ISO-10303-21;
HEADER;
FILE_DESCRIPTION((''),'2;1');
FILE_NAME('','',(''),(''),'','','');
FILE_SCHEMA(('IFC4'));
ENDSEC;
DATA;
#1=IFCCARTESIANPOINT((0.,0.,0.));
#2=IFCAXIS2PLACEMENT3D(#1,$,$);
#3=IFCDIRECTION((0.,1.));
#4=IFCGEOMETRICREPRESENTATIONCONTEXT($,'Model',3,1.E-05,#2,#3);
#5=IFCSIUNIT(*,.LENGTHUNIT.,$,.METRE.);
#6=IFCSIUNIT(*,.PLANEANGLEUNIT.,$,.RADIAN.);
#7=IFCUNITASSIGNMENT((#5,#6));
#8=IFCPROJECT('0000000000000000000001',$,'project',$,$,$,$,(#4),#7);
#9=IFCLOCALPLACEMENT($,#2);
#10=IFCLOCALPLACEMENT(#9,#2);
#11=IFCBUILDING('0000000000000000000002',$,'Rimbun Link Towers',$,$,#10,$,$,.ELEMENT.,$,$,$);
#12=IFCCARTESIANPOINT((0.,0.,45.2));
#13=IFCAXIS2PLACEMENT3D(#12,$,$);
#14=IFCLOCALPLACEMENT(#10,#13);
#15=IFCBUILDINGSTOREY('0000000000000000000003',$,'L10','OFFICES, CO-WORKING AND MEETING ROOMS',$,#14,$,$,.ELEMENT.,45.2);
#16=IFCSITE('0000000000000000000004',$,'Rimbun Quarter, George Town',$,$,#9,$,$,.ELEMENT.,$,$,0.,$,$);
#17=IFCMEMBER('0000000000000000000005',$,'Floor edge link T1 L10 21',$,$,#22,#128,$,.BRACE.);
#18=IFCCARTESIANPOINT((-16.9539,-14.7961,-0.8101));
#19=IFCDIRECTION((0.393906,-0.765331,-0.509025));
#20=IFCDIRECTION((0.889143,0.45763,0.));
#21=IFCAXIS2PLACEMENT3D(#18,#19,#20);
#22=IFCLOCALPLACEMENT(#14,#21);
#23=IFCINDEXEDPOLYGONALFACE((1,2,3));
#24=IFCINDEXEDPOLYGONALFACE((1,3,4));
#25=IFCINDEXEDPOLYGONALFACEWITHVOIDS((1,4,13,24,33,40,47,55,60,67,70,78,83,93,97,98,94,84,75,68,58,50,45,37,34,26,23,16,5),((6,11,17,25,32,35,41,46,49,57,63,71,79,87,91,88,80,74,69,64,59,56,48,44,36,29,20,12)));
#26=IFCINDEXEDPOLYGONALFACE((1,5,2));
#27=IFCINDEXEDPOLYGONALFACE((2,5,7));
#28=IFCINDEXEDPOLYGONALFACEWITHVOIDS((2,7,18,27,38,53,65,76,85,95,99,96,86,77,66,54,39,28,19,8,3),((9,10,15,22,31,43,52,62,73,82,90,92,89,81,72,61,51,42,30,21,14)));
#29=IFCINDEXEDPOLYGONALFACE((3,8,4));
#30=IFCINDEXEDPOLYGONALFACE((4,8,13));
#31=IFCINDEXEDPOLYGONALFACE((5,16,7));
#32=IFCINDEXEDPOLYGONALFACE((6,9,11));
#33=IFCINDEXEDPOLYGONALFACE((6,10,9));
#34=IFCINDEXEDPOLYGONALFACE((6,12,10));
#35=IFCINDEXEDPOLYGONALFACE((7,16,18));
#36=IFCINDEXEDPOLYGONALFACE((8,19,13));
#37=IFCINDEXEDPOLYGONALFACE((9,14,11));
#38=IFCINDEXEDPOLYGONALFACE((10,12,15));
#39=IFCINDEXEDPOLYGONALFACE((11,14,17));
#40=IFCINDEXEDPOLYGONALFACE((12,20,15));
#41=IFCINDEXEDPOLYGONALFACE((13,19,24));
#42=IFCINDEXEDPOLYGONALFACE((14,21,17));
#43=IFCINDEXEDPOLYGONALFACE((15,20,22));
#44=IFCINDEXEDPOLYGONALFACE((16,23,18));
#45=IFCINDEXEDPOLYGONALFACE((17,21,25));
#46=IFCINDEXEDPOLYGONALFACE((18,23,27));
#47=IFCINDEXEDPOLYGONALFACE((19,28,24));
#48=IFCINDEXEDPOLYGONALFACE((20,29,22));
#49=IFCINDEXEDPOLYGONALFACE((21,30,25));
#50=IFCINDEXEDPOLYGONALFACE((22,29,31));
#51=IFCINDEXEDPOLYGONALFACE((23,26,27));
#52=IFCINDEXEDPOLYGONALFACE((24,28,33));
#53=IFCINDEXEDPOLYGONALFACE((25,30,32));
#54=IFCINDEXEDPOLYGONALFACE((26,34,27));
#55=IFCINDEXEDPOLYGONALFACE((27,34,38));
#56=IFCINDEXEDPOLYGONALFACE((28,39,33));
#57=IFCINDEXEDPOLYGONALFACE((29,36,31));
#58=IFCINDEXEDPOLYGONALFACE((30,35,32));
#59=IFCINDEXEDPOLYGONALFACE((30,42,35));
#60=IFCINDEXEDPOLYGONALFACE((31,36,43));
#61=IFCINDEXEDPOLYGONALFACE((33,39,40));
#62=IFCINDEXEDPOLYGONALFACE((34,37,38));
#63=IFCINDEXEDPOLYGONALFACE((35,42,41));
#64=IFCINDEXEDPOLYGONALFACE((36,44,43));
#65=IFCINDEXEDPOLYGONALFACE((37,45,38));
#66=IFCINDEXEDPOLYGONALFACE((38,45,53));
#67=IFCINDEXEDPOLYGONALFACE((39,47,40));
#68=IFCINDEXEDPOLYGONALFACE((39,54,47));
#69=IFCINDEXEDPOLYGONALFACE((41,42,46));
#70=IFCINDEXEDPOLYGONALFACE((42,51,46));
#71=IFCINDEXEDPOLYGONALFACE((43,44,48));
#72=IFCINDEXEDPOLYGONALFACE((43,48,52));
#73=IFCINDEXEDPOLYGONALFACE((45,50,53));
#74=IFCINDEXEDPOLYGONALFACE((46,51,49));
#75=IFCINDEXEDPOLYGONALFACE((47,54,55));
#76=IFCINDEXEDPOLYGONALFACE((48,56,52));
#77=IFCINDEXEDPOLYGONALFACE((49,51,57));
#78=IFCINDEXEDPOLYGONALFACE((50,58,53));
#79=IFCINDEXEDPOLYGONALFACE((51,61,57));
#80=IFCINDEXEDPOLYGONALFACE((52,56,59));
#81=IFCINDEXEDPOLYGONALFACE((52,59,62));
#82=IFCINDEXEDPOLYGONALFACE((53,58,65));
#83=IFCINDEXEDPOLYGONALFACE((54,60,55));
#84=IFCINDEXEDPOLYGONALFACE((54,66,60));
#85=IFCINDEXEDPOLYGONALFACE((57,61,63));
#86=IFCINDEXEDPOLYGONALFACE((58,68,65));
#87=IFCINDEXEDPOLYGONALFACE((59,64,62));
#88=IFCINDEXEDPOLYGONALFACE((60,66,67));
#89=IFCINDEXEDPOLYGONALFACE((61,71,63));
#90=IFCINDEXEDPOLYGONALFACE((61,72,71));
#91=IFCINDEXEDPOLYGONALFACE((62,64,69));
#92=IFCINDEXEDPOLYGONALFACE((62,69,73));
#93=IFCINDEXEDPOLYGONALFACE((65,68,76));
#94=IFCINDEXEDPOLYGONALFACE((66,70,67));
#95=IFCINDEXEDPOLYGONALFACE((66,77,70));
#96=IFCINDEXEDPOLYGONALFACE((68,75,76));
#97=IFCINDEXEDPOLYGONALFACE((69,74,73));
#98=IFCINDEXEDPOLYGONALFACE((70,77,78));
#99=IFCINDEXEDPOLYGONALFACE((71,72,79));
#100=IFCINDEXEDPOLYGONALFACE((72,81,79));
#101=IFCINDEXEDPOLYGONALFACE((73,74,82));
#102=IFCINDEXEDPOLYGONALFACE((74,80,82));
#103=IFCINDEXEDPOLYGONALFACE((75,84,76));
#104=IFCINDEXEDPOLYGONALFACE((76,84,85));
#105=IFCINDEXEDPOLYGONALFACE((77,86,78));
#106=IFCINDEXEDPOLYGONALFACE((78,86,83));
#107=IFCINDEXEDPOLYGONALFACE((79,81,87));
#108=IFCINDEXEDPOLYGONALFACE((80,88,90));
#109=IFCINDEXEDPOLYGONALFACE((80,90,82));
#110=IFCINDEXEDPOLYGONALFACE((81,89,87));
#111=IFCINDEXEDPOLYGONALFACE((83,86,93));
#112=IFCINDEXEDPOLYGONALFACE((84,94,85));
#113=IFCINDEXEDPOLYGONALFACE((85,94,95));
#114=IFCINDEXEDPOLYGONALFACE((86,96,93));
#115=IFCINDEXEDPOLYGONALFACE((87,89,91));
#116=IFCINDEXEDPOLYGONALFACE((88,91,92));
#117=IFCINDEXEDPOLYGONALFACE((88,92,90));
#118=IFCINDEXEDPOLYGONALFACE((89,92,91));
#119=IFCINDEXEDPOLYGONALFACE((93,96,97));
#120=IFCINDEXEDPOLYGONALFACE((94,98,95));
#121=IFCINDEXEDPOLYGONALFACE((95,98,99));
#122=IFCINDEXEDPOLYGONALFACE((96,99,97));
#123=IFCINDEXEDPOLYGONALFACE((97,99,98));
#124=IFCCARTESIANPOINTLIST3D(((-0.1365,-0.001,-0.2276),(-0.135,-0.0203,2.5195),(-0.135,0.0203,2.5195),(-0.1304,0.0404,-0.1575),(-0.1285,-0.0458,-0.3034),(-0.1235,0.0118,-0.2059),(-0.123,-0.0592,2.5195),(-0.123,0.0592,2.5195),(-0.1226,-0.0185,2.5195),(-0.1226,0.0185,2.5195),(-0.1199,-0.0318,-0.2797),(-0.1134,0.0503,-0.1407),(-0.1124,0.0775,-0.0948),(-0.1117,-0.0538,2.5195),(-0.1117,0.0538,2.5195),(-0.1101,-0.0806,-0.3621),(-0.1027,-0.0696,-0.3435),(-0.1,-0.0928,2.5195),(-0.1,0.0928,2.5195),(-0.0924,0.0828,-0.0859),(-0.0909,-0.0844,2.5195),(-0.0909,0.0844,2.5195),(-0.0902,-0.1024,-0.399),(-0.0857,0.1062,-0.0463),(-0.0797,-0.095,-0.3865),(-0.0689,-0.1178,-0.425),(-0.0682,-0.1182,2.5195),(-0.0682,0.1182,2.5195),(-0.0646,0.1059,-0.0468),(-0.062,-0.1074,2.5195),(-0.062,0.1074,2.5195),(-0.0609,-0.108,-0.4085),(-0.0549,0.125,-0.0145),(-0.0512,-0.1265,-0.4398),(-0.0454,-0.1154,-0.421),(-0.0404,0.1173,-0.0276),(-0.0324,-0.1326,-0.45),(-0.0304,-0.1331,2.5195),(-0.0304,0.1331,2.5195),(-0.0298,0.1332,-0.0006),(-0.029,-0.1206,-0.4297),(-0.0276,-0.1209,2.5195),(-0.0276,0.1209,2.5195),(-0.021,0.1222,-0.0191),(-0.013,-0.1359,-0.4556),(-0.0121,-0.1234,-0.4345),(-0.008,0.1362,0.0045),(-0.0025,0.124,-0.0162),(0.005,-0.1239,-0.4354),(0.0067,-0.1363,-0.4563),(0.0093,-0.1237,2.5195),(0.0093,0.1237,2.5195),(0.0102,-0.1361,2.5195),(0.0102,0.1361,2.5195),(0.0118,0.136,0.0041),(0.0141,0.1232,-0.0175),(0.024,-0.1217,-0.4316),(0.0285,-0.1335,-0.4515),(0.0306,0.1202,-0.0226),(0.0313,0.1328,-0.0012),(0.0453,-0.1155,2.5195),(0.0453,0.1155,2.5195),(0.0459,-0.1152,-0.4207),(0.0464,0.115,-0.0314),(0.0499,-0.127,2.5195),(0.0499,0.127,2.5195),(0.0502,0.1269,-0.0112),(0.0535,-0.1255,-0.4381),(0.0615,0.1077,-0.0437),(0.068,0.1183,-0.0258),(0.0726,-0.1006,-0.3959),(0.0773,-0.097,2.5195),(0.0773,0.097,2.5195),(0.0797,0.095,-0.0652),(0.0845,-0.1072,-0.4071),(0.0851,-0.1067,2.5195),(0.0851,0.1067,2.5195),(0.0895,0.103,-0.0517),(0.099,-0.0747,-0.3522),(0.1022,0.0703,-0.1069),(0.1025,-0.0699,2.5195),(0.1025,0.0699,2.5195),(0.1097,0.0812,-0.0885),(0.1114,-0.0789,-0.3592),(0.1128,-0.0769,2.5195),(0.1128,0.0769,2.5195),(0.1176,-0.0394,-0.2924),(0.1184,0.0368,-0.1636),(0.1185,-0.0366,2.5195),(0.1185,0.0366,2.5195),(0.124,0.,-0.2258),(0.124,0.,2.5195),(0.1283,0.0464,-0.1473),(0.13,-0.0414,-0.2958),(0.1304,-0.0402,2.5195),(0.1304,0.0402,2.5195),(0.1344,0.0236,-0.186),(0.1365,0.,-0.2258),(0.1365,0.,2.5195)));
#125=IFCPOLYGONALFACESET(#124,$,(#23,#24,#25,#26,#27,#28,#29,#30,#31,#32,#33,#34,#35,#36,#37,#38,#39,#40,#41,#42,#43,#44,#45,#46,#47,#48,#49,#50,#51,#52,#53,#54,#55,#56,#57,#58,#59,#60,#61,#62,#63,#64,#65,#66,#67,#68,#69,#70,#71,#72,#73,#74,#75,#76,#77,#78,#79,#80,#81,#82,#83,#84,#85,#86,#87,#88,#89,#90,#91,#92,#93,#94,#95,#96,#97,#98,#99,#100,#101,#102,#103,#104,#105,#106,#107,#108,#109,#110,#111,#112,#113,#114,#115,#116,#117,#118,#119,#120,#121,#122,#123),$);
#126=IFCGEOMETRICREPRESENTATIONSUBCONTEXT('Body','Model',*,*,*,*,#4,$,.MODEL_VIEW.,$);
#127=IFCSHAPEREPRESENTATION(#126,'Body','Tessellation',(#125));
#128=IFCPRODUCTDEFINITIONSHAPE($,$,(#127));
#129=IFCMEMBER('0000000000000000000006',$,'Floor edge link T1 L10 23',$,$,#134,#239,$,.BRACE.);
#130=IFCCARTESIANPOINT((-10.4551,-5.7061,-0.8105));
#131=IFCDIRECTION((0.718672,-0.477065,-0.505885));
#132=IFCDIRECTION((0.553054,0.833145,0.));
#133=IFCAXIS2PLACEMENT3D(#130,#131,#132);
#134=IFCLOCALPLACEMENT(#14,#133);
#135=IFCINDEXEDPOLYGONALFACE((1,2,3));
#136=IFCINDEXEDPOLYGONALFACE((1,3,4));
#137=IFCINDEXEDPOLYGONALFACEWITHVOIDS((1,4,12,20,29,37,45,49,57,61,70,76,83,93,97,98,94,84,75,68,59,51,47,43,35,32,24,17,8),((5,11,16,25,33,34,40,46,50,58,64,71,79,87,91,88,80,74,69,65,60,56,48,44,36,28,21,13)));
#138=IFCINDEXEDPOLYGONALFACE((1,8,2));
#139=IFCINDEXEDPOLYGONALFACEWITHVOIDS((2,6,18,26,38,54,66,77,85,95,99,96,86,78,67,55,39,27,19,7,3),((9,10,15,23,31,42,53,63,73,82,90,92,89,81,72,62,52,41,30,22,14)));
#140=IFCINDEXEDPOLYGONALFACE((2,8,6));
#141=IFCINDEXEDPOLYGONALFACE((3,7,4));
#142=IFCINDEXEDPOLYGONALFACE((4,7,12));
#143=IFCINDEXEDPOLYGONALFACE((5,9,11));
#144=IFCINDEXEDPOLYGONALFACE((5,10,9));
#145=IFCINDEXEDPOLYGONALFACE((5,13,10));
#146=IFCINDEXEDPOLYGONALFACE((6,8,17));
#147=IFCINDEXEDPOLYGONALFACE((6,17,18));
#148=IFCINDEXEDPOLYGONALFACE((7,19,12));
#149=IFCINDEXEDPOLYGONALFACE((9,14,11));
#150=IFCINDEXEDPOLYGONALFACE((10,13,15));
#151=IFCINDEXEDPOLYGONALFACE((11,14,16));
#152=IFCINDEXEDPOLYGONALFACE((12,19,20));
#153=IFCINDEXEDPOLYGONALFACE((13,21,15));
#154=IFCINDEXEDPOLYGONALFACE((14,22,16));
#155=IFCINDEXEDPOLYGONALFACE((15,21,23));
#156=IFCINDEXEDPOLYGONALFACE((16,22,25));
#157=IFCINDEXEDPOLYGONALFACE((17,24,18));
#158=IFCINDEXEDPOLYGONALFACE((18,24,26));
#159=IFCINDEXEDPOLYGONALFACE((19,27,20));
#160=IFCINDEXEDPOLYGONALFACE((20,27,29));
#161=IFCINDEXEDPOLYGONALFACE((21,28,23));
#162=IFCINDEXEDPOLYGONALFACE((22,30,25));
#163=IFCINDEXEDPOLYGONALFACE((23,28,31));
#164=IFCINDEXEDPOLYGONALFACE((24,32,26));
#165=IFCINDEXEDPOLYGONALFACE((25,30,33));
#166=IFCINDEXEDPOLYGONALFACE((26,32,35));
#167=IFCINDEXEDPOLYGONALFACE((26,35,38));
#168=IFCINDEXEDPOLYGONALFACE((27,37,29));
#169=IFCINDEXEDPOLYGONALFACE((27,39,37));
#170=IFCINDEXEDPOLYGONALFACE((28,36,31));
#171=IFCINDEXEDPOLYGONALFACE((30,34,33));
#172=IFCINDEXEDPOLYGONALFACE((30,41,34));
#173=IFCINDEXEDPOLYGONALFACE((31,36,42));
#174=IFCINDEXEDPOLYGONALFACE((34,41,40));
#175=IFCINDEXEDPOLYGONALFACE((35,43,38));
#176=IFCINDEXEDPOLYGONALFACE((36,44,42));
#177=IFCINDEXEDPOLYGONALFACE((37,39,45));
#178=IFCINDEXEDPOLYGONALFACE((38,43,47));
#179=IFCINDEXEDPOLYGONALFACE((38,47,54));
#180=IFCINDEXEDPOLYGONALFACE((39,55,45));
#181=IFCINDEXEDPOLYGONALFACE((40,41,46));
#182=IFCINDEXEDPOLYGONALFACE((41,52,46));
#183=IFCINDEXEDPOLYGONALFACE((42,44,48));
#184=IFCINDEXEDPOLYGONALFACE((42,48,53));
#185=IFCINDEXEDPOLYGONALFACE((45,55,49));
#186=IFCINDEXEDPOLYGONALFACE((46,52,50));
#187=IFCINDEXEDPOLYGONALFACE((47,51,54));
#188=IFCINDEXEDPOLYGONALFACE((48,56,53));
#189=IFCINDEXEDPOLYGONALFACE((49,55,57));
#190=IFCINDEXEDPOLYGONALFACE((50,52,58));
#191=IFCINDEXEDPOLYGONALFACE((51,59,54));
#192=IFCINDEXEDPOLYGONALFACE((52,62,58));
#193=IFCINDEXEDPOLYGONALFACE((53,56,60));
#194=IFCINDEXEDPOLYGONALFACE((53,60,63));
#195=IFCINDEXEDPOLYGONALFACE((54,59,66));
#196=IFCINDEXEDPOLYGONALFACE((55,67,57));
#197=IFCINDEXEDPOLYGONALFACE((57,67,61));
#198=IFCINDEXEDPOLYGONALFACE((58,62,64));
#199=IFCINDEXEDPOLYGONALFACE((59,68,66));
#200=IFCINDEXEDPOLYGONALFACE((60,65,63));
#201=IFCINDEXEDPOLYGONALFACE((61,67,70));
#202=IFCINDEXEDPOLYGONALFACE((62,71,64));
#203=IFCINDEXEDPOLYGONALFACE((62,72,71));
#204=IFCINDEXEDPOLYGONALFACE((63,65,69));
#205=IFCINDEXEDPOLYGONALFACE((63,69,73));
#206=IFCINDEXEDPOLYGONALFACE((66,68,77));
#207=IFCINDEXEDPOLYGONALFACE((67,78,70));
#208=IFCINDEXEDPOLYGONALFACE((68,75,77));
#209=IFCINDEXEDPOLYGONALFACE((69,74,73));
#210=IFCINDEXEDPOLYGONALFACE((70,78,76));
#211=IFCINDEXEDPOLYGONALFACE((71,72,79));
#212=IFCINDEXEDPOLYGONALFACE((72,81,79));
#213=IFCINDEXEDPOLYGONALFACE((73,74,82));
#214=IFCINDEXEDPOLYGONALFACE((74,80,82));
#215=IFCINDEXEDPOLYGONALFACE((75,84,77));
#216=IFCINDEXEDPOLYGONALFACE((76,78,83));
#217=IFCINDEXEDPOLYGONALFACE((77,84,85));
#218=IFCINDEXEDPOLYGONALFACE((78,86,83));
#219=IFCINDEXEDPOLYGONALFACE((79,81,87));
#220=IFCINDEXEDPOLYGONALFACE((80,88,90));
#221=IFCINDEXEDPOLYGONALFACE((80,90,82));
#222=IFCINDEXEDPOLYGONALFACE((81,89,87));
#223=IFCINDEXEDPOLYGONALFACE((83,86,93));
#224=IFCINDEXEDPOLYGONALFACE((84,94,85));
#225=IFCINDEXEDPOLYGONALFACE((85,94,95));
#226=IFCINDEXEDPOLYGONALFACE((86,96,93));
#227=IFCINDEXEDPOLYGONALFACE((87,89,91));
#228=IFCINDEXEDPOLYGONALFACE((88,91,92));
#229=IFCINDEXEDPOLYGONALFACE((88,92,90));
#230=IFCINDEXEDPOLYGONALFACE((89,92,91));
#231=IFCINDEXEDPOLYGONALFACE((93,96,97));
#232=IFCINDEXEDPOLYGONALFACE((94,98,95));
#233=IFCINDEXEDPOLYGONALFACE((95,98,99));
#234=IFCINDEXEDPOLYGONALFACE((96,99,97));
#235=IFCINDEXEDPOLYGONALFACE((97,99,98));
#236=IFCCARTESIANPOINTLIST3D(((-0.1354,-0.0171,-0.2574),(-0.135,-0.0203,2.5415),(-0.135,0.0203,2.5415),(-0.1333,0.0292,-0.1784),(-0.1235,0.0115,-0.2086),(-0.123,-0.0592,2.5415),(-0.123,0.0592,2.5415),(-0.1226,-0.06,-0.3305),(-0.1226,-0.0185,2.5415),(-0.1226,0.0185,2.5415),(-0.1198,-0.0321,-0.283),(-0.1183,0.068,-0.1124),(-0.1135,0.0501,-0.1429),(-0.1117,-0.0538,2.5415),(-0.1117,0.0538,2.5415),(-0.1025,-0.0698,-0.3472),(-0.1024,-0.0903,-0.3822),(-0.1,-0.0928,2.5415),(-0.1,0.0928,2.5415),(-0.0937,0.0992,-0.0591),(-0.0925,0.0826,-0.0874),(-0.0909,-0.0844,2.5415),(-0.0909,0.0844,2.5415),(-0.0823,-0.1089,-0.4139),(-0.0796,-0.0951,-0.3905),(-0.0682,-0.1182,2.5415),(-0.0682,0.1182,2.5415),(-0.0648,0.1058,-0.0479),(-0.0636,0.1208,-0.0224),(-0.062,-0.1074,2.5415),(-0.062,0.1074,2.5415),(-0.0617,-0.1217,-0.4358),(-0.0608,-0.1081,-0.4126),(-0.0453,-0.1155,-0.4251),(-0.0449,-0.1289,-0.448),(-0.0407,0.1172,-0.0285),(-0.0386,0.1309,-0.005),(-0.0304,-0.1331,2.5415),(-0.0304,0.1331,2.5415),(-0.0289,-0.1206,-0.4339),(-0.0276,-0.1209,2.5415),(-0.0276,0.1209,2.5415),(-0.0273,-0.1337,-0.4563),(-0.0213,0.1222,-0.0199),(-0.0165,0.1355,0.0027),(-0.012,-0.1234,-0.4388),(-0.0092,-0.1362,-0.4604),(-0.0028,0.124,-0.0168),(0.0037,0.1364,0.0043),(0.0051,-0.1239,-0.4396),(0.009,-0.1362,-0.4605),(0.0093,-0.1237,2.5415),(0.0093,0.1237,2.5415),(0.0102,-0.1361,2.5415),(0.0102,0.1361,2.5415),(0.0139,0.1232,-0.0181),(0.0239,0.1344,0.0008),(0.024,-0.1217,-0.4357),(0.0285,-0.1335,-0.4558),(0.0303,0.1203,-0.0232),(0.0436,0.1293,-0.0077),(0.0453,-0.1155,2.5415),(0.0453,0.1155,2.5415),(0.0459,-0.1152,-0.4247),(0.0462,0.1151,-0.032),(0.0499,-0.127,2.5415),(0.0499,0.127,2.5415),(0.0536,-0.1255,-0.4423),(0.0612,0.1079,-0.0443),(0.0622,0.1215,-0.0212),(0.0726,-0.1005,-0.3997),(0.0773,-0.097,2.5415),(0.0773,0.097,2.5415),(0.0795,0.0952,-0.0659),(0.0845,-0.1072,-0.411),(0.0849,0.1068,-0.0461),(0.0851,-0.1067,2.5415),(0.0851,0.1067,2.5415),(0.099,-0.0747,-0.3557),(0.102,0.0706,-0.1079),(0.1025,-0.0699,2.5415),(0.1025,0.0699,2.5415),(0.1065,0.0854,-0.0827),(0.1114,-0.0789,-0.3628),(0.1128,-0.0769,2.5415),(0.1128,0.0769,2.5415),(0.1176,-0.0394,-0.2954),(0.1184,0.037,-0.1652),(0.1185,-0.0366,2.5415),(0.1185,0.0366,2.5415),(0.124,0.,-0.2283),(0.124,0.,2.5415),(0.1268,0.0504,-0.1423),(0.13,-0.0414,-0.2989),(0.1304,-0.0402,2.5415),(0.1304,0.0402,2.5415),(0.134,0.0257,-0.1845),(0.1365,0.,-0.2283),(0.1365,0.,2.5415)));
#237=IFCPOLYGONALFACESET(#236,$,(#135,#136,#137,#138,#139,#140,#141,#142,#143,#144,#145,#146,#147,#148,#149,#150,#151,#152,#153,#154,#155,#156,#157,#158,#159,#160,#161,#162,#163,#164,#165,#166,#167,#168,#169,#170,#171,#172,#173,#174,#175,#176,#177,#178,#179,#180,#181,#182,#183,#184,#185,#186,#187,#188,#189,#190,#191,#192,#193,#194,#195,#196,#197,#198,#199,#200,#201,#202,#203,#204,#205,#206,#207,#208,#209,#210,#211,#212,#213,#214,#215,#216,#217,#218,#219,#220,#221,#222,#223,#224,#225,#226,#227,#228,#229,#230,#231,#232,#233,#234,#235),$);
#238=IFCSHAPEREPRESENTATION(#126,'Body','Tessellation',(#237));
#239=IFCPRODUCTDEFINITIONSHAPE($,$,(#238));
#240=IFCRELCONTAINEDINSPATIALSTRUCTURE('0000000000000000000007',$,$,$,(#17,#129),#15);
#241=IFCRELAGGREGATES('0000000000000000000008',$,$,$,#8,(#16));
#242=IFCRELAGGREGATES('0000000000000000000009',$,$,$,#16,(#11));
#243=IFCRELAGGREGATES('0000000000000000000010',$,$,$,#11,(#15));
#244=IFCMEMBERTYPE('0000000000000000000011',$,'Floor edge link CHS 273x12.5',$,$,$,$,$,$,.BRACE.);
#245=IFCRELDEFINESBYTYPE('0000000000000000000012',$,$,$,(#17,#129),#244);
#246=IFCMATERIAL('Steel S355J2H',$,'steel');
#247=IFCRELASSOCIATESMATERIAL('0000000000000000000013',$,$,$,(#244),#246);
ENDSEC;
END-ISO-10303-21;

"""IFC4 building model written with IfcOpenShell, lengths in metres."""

from ifc_helpers import new_model, si_unit, direction, frame, origin, origin_2d, place, context, subcontext, project, spatial, hollow_circle, extrude, clip, halfspace, material, material_profile, profile_set, type_object, element, save


model = new_model("IFC4")

# Units and contexts
model_context = context("Model", 3, precision=1e-05, world=origin(), true_north=direction((0.0, 1.0)))
body_context = subcontext(model_context, "Body", "Model", "MODEL_VIEW")
ifc_project = project(units=[si_unit("LENGTHUNIT", "METRE"), si_unit("PLANEANGLEUNIT", "RADIAN")], contexts=[model_context])

# Site, building, storey
site_placement = place(None, origin())
site = spatial("IfcSite", under=ifc_project, at=site_placement, Name="Rimbun Quarter, George Town", CompositionType="ELEMENT", RefElevation=0.0)
building_placement = place(site_placement, origin())
building = spatial("IfcBuilding", under=site, at=building_placement, Name="Rimbun Link Towers", CompositionType="ELEMENT")
storey_placement = place(building_placement, frame((0.0, 0.0, 45.2)))
storey = spatial("IfcBuildingStorey", under=building, at=storey_placement, Name="L10", Description="OFFICES, CO-WORKING AND MEETING ROOMS", CompositionType="ELEMENT", Elevation=45.2)

# Members
ifc_material_1 = material(Name="Steel S355J2H", Category="steel")
ifc_material_profile_1 = material_profile(ifc_material_1, hollow_circle(Radius=0.1365, WallThickness=0.0125, at=origin_2d()), Name="CHS 273x12.5")
ifc_profile_set_1 = profile_set([ifc_material_profile_1], Name="Steel S355J2H")
member_type_1 = type_object("IfcMemberType", Name="Floor edge link CHS 273x12.5", PredefinedType="BRACE", material=ifc_profile_set_1)
member_1_placement = place(storey_placement, frame((-16.9539, -14.7961, -0.8101), z_axis=(0.393906, -0.765331, -0.509025), x_axis=(0.889143, 0.45763, 0.0)))
element("IfcMember", 1, at=member_1_placement, inside=storey, type_object=member_type_1, Name="Floor edge link T1 L10 21", PredefinedType="BRACE", context=body_context, shape_type="Clipping", body=[
    clip(extrude(hollow_circle(Radius=0.1365, WallThickness=0.0125, at=origin_2d()), frame((0.0, 0.0, -0.4814)), (0.0, 0.0, 1.0), 3.001), halfspace(frame((0.0, 0.0, -0.2258), z_axis=(0.0, 0.860751, -0.509025)), False)),
])
member_2_placement = place(storey_placement, frame((-10.4551, -5.7061, -0.8105), z_axis=(0.718672, -0.477065, -0.505885), x_axis=(0.553054, 0.833145, 0.0)))
element("IfcMember", 2, at=member_2_placement, inside=storey, type_object=member_type_1, Name="Floor edge link T1 L10 23", PredefinedType="BRACE", context=body_context, shape_type="Clipping", body=[
    clip(extrude(hollow_circle(Radius=0.1365, WallThickness=0.0125, at=origin_2d()), frame((0.0, 0.0, -0.4851)), (0.0, 0.0, 1.0), 3.0266), halfspace(frame((0.0, 0.0, -0.2283), z_axis=(0.0, 0.862601, -0.505885)), False)),
])

save(model, "model.ifc")
